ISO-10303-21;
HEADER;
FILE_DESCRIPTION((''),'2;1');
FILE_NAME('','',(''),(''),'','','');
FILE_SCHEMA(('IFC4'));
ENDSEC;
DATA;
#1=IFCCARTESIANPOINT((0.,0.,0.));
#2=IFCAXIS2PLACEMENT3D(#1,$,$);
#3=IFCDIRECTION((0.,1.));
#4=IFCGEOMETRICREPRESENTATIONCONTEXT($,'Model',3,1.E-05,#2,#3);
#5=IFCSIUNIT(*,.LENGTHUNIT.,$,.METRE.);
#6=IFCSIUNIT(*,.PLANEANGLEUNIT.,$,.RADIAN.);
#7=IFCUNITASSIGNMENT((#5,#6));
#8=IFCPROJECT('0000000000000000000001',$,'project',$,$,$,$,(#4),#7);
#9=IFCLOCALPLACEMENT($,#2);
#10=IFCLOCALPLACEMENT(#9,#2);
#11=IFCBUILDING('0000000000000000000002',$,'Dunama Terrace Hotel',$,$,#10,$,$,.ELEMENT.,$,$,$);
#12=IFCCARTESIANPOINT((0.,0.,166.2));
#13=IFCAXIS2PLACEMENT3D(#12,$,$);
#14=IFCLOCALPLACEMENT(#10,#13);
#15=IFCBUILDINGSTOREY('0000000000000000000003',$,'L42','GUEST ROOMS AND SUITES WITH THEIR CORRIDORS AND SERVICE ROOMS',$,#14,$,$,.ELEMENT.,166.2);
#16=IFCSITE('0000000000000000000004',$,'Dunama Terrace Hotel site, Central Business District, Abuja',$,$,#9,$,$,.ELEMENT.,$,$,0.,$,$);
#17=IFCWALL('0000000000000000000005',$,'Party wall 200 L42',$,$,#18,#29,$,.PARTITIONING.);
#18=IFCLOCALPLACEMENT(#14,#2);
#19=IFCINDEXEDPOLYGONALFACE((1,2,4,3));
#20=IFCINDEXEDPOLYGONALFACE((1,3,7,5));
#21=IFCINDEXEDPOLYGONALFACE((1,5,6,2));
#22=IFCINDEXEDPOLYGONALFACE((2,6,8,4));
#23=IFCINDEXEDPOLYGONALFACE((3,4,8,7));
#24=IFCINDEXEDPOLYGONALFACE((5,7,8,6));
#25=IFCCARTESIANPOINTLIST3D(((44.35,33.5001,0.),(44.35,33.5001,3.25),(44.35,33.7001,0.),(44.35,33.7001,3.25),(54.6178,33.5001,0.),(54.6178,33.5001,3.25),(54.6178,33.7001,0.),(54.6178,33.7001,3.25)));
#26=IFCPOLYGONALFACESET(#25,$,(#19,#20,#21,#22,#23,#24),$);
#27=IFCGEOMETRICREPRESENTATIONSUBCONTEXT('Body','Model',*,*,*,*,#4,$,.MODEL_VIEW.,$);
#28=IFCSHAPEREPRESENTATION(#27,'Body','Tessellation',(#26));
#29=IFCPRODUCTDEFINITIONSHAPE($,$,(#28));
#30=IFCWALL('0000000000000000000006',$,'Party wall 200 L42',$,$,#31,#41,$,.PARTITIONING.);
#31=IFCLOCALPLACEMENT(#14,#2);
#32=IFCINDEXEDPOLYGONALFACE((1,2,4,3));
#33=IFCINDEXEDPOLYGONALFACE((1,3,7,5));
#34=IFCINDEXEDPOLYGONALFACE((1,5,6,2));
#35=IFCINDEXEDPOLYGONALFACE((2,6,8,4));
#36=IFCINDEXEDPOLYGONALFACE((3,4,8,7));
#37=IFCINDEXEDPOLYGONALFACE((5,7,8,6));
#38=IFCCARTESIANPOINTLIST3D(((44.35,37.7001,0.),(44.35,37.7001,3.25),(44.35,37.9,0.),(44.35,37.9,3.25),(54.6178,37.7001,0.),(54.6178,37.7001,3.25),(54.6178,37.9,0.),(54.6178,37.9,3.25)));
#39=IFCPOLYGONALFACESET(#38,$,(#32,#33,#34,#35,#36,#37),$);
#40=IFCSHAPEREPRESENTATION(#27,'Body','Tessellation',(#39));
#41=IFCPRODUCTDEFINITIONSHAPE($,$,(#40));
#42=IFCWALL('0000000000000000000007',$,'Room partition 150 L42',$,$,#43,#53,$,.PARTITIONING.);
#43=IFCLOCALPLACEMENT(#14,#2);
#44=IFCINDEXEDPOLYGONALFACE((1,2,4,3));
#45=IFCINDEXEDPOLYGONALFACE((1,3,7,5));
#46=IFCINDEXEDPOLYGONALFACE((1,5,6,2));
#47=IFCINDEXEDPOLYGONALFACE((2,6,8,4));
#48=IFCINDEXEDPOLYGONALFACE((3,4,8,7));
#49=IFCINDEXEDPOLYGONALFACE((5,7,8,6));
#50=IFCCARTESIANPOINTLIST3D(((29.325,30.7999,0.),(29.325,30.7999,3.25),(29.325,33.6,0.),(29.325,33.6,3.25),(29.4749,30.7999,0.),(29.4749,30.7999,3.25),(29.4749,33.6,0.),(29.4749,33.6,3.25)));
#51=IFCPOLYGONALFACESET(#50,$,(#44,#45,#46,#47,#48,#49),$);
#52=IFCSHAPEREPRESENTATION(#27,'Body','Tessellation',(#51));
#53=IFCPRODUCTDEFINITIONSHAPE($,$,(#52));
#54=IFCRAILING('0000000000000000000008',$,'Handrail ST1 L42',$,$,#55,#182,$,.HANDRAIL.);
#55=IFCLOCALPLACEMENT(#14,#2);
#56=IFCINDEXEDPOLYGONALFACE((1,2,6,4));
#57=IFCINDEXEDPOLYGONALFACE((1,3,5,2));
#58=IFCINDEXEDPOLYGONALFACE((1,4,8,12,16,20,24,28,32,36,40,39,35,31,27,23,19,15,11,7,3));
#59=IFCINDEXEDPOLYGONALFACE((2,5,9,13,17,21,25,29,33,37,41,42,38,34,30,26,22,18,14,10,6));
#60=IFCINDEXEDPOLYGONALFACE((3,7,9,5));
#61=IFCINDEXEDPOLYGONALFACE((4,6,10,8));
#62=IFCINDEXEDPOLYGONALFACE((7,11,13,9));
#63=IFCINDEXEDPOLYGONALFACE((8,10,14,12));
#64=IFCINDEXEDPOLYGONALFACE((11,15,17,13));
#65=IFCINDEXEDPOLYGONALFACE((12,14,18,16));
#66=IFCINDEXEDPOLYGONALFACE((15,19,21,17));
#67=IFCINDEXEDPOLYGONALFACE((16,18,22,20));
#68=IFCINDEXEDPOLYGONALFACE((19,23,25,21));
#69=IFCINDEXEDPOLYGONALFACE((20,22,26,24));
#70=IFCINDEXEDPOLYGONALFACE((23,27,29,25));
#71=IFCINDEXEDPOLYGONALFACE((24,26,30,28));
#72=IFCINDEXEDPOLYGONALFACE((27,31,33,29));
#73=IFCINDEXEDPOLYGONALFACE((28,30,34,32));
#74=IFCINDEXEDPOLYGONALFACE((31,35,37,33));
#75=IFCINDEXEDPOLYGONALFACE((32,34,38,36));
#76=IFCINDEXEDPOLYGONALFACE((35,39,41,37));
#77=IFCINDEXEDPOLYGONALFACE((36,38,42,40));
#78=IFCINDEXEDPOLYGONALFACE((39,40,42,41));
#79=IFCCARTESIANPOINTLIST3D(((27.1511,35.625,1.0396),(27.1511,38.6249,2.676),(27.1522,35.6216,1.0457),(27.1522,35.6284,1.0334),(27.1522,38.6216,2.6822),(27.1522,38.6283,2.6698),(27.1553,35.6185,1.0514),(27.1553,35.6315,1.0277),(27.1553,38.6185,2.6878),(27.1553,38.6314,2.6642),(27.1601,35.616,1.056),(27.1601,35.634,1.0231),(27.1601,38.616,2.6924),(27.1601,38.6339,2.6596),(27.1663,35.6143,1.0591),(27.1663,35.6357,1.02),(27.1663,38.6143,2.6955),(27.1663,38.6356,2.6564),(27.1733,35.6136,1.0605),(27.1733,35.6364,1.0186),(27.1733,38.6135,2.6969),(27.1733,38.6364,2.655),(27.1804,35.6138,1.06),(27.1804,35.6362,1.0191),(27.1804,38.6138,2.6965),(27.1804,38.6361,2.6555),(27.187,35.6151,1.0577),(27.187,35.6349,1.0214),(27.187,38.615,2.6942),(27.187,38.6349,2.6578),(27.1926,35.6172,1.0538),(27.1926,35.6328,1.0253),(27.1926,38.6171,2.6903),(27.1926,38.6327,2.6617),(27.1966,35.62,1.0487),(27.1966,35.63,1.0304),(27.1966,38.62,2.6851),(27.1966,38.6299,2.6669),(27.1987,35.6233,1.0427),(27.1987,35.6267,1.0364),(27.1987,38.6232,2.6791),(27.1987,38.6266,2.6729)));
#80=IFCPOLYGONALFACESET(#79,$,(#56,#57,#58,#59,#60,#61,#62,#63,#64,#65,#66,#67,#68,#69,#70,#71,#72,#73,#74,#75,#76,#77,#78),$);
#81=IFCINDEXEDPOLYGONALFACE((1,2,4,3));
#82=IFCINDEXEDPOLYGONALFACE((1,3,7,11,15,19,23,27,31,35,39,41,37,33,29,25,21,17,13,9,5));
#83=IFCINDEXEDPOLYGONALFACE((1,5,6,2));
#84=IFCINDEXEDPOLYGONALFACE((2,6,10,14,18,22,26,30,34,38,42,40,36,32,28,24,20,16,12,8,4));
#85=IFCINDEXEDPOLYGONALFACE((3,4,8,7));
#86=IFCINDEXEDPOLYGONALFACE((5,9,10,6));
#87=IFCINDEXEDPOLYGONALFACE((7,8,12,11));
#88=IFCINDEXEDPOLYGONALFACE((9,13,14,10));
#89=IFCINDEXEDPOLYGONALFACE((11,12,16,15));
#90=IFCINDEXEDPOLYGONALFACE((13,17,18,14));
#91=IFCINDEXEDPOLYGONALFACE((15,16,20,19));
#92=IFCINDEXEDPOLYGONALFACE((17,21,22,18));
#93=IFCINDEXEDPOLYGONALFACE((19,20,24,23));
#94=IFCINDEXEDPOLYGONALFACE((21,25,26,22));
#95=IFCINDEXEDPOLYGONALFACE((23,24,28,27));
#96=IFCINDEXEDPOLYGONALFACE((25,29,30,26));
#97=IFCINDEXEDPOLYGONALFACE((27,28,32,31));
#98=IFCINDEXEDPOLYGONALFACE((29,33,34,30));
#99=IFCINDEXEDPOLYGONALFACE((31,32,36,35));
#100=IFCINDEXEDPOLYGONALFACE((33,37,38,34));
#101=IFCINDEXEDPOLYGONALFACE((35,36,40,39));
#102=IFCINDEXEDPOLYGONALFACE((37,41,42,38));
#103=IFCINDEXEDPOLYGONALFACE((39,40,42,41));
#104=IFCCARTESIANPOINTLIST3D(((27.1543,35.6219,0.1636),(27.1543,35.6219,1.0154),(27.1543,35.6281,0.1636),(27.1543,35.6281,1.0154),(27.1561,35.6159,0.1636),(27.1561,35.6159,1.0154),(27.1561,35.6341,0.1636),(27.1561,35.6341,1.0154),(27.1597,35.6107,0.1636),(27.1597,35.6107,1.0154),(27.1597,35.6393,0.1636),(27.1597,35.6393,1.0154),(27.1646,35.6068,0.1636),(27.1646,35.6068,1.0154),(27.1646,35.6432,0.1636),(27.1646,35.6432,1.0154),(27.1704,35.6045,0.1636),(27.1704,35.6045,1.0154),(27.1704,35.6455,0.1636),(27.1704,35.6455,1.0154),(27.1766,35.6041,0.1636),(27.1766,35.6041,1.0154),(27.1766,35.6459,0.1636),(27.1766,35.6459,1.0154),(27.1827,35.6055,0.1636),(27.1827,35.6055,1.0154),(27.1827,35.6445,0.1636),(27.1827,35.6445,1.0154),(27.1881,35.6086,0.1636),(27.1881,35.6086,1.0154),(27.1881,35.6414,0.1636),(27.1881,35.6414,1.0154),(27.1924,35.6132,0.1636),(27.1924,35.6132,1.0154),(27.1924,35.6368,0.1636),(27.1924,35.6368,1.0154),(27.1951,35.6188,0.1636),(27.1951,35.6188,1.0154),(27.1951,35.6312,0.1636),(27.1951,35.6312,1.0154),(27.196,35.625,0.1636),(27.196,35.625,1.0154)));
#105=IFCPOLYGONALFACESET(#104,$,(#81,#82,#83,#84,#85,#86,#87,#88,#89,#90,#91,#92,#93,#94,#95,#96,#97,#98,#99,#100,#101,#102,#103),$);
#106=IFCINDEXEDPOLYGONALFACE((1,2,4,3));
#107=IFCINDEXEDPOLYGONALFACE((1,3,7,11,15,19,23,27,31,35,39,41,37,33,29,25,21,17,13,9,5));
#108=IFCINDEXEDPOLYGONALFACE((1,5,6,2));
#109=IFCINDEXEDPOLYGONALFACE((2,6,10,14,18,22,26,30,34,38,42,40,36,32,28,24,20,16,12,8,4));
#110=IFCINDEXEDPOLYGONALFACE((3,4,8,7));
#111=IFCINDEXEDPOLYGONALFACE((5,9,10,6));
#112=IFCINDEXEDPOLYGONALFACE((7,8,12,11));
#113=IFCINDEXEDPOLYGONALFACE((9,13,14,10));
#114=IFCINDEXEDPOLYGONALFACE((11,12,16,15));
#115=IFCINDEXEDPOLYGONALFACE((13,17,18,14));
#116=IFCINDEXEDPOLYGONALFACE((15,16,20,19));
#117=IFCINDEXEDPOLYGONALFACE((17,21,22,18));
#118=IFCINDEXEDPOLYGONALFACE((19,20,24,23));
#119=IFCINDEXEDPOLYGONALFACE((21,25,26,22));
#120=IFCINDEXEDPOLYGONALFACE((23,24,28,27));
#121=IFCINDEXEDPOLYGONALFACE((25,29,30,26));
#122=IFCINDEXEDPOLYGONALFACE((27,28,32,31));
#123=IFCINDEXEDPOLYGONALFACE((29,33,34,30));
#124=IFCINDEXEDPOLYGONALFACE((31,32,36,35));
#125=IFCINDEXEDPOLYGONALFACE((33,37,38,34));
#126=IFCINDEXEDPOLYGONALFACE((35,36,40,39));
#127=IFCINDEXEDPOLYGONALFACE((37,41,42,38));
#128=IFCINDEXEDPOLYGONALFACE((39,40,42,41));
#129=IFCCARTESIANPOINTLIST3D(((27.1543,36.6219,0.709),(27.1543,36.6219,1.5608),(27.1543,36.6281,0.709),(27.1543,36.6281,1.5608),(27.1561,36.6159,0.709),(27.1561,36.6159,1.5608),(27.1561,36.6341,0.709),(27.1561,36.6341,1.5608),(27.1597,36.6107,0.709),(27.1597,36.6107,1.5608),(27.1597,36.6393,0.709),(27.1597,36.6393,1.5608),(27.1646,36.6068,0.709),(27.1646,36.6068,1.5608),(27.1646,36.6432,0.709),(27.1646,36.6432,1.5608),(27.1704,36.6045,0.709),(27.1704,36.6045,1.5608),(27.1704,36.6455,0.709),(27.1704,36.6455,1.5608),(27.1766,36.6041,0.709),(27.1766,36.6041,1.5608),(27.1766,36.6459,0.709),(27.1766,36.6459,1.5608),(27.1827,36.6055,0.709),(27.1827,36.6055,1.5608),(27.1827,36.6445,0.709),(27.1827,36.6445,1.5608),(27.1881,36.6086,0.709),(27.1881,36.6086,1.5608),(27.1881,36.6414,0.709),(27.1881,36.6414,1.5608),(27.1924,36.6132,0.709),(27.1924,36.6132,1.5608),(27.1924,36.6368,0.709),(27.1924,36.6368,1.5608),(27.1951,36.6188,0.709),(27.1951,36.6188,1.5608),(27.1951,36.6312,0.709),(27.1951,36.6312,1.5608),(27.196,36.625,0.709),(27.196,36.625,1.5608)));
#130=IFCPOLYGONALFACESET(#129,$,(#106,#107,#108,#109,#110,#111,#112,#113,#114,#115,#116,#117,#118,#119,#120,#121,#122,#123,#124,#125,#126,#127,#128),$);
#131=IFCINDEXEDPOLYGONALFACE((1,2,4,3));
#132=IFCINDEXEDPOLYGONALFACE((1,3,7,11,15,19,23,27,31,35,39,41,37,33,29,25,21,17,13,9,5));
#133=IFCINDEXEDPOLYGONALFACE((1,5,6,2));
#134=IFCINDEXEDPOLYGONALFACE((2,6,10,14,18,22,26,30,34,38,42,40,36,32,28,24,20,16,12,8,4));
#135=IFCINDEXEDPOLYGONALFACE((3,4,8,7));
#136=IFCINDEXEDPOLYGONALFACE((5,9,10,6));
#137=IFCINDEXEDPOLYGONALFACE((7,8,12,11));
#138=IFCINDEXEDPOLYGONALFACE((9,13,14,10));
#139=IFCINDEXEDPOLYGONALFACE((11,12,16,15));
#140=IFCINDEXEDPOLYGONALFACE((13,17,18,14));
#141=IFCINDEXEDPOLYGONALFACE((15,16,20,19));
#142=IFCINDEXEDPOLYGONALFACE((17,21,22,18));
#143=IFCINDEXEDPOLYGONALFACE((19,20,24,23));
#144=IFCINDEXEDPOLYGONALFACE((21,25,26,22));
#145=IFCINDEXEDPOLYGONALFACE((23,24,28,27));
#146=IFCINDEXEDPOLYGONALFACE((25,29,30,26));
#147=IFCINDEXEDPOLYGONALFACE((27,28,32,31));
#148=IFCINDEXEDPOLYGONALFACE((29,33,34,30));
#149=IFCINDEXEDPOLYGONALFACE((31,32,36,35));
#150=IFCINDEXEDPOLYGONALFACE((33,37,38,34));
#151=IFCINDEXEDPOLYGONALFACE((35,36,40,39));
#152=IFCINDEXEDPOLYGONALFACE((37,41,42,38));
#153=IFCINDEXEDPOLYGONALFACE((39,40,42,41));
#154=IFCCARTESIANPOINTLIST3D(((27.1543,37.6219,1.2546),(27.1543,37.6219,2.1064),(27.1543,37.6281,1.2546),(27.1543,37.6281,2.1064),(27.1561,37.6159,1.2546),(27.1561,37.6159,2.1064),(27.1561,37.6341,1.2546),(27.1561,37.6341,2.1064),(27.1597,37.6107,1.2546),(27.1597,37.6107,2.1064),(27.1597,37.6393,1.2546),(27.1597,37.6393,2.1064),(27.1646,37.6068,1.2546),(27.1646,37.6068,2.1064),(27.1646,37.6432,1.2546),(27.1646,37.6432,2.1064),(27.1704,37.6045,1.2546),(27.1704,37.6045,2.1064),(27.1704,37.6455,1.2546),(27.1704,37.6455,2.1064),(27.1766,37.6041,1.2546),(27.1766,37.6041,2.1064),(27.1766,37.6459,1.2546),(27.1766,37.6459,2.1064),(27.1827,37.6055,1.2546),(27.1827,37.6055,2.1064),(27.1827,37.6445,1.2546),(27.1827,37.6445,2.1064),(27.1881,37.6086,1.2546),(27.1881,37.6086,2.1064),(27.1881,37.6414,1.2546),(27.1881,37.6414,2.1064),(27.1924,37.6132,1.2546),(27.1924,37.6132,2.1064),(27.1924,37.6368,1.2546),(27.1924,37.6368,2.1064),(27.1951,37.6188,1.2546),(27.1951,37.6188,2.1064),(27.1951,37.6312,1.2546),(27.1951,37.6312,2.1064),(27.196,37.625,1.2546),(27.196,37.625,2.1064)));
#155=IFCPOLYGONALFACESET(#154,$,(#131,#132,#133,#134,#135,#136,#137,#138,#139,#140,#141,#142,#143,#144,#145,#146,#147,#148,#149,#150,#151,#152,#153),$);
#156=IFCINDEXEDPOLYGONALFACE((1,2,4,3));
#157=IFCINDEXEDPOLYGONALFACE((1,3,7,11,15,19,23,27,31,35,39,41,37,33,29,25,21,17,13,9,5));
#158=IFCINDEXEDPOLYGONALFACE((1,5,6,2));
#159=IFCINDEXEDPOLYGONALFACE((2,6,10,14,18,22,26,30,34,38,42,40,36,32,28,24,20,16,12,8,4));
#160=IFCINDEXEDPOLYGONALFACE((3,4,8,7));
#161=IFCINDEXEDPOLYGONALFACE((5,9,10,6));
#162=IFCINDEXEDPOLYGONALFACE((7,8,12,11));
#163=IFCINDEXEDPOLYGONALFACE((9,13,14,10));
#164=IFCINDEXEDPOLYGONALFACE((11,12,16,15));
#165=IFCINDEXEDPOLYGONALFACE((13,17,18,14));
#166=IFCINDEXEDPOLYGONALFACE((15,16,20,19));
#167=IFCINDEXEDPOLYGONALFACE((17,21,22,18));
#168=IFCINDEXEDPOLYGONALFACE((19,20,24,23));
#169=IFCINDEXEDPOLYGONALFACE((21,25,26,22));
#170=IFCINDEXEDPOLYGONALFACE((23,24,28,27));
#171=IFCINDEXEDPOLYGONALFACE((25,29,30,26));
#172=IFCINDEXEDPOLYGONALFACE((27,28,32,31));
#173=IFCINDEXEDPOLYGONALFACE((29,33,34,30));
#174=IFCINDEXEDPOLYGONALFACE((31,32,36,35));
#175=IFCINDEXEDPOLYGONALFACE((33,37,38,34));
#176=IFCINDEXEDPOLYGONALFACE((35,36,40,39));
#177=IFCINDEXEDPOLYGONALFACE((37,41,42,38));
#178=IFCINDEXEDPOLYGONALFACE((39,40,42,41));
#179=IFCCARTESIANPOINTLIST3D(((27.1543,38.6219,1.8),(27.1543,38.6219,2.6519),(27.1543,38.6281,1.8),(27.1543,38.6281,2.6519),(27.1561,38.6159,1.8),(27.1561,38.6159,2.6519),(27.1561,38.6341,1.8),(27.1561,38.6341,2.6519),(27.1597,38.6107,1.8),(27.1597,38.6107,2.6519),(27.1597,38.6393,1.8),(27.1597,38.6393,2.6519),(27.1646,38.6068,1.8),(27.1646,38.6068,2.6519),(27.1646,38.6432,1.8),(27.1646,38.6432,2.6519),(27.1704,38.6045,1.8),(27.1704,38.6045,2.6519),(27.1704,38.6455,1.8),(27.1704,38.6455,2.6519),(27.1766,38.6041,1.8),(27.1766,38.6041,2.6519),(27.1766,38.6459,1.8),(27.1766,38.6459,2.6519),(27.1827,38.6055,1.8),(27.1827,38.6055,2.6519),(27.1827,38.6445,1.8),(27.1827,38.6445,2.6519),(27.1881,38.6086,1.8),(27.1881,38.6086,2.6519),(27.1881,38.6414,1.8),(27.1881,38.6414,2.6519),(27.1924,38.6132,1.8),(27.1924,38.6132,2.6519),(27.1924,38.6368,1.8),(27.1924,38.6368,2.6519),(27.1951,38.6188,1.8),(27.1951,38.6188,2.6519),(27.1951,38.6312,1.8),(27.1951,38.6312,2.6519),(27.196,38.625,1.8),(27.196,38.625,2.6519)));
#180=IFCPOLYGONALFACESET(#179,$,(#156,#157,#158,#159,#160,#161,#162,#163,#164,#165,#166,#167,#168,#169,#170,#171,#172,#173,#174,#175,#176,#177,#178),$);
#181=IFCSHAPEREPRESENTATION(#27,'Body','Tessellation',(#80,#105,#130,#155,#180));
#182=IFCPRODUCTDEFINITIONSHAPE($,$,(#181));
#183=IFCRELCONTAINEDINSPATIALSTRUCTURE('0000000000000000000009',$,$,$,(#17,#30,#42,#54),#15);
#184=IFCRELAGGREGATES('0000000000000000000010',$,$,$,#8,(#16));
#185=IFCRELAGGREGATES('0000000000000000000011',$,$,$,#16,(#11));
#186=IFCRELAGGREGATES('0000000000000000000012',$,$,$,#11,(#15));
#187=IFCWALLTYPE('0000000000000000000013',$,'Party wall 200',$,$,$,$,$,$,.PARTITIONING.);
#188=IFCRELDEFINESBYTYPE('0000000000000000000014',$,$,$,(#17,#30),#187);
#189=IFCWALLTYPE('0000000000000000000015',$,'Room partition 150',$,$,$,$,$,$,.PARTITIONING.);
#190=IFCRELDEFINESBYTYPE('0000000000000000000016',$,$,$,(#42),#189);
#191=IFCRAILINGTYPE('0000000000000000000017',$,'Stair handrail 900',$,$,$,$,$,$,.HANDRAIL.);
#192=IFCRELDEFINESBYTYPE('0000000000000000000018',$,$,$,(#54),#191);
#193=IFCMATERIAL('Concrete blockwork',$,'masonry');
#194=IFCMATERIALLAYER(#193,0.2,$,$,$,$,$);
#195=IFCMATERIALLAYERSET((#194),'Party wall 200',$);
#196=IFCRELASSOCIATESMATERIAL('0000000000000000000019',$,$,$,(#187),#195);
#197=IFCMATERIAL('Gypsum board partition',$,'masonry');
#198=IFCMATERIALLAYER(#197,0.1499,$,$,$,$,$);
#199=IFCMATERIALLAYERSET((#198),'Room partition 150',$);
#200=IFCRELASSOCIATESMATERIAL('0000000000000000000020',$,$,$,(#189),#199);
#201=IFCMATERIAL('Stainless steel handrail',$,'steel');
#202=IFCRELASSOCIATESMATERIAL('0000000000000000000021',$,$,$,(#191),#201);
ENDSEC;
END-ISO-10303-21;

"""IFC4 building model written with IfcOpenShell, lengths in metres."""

from ifc_helpers import new_model, si_unit, direction, frame, frame_2d, origin, origin_2d, place, context, subcontext, project, spatial, rectangle, circle, extrude, material, layer, layer_set, type_object, element, save


model = new_model("IFC4")

# Units and contexts
model_context = context("Model", 3, precision=1e-05, world=origin(), true_north=direction((0.0, 1.0)))
body_context = subcontext(model_context, "Body", "Model", "MODEL_VIEW")
ifc_project = project(units=[si_unit("LENGTHUNIT", "METRE"), si_unit("PLANEANGLEUNIT", "RADIAN")], contexts=[model_context])

# Site, building, storey
site_placement = place(None, origin())
site = spatial("IfcSite", under=ifc_project, at=site_placement, Name="Dunama Terrace Hotel site, Central Business District, Abuja", CompositionType="ELEMENT", RefElevation=0.0)
building_placement = place(site_placement, origin())
building = spatial("IfcBuilding", under=site, at=building_placement, Name="Dunama Terrace Hotel", CompositionType="ELEMENT")
storey_placement = place(building_placement, frame((0.0, 0.0, 166.2)))
storey = spatial("IfcBuildingStorey", under=building, at=storey_placement, Name="L42", Description="GUEST ROOMS AND SUITES WITH THEIR CORRIDORS AND SERVICE ROOMS", CompositionType="ELEMENT", Elevation=166.2)

# Walls
ifc_material_1 = material(Name="Concrete blockwork", Category="masonry")
ifc_layer_1 = layer(ifc_material_1, 0.2)
ifc_layer_set_1 = layer_set([ifc_layer_1], Name="Party wall 200")
wall_type_1 = type_object("IfcWallType", Name="Party wall 200", PredefinedType="PARTITIONING", material=ifc_layer_set_1)
for number, where, z_axis, x_axis, name in (
    (1, (44.3501, 33.6001, 0.0), (0.0, 0.0, 1.0), (1.0, 0.0, 0.0), "Party wall 200 L42"),
    (2, (44.3501, 37.8, 0.0), (0.0, 0.0, 1.0), (1.0, 0.0, 0.0), "Party wall 200 L42"),
):
    element("IfcWall", number, at=place(storey_placement, frame(where, z_axis=z_axis, x_axis=x_axis)), inside=storey, type_object=wall_type_1, Name=name, PredefinedType="PARTITIONING", context=body_context, shape_type="SweptSolid", body=[
        extrude(rectangle(XDim=10.2678, YDim=0.2, at=frame_2d((5.1338, 0.0))), origin(), (0.0, 0.0, 1.0), 3.25),
    ])
ifc_material_2 = material(Name="Gypsum board partition", Category="masonry")
ifc_layer_2 = layer(ifc_material_2, 0.1499)
ifc_layer_set_2 = layer_set([ifc_layer_2], Name="Room partition 150")
wall_type_2 = type_object("IfcWallType", Name="Room partition 150", PredefinedType="PARTITIONING", material=ifc_layer_set_2)
wall_1_placement = place(storey_placement, frame((29.3999, 30.8, 0.0), z_axis=(0.0, 0.0, 1.0), x_axis=(0.0, 1.0, 0.0)))
element("IfcWall", 3, at=wall_1_placement, inside=storey, type_object=wall_type_2, Name="Room partition 150 L42", PredefinedType="PARTITIONING", context=body_context, shape_type="SweptSolid", body=[
    extrude(rectangle(XDim=2.8, YDim=0.1499, at=frame_2d((1.3999, 0.0))), origin(), (0.0, 0.0, 1.0), 3.25),
])

# Railing
ifc_material_3 = material(Name="Stainless steel handrail", Category="steel")
railing_type = type_object("IfcRailingType", Name="Stair handrail 900", PredefinedType="HANDRAIL", material=ifc_material_3)
railing_placement = place(storey_placement, frame((27.175, 35.625, 0.1636)))
element("IfcRailing", 4, at=railing_placement, inside=storey, type_object=railing_type, Name="Handrail ST1 L42", PredefinedType="HANDRAIL", context=body_context, shape_type="SweptSolid", body=[
    extrude(circle(Radius=0.0239, at=origin_2d()), frame((0.0, 0.0, 0.876), z_axis=(0.0, 0.877882, 0.478877), x_axis=(-1.0, 0.0, 0.0)), (0.0, 0.0, 1.0), 3.4172),
    extrude(circle(Radius=0.021, at=origin_2d()), origin(), (0.0, 0.0, 1.0), 0.8518),
    extrude(circle(Radius=0.021, at=origin_2d()), frame((0.0, 1.0, 0.5454)), (0.0, 0.0, 1.0), 0.8518),
    extrude(circle(Radius=0.021, at=origin_2d()), frame((0.0, 2.0, 1.0911)), (0.0, 0.0, 1.0), 0.8518),
    extrude(circle(Radius=0.021, at=origin_2d()), frame((0.0, 3.0, 1.6365)), (0.0, 0.0, 1.0), 0.8518),
])

save(model, "model.ifc")
